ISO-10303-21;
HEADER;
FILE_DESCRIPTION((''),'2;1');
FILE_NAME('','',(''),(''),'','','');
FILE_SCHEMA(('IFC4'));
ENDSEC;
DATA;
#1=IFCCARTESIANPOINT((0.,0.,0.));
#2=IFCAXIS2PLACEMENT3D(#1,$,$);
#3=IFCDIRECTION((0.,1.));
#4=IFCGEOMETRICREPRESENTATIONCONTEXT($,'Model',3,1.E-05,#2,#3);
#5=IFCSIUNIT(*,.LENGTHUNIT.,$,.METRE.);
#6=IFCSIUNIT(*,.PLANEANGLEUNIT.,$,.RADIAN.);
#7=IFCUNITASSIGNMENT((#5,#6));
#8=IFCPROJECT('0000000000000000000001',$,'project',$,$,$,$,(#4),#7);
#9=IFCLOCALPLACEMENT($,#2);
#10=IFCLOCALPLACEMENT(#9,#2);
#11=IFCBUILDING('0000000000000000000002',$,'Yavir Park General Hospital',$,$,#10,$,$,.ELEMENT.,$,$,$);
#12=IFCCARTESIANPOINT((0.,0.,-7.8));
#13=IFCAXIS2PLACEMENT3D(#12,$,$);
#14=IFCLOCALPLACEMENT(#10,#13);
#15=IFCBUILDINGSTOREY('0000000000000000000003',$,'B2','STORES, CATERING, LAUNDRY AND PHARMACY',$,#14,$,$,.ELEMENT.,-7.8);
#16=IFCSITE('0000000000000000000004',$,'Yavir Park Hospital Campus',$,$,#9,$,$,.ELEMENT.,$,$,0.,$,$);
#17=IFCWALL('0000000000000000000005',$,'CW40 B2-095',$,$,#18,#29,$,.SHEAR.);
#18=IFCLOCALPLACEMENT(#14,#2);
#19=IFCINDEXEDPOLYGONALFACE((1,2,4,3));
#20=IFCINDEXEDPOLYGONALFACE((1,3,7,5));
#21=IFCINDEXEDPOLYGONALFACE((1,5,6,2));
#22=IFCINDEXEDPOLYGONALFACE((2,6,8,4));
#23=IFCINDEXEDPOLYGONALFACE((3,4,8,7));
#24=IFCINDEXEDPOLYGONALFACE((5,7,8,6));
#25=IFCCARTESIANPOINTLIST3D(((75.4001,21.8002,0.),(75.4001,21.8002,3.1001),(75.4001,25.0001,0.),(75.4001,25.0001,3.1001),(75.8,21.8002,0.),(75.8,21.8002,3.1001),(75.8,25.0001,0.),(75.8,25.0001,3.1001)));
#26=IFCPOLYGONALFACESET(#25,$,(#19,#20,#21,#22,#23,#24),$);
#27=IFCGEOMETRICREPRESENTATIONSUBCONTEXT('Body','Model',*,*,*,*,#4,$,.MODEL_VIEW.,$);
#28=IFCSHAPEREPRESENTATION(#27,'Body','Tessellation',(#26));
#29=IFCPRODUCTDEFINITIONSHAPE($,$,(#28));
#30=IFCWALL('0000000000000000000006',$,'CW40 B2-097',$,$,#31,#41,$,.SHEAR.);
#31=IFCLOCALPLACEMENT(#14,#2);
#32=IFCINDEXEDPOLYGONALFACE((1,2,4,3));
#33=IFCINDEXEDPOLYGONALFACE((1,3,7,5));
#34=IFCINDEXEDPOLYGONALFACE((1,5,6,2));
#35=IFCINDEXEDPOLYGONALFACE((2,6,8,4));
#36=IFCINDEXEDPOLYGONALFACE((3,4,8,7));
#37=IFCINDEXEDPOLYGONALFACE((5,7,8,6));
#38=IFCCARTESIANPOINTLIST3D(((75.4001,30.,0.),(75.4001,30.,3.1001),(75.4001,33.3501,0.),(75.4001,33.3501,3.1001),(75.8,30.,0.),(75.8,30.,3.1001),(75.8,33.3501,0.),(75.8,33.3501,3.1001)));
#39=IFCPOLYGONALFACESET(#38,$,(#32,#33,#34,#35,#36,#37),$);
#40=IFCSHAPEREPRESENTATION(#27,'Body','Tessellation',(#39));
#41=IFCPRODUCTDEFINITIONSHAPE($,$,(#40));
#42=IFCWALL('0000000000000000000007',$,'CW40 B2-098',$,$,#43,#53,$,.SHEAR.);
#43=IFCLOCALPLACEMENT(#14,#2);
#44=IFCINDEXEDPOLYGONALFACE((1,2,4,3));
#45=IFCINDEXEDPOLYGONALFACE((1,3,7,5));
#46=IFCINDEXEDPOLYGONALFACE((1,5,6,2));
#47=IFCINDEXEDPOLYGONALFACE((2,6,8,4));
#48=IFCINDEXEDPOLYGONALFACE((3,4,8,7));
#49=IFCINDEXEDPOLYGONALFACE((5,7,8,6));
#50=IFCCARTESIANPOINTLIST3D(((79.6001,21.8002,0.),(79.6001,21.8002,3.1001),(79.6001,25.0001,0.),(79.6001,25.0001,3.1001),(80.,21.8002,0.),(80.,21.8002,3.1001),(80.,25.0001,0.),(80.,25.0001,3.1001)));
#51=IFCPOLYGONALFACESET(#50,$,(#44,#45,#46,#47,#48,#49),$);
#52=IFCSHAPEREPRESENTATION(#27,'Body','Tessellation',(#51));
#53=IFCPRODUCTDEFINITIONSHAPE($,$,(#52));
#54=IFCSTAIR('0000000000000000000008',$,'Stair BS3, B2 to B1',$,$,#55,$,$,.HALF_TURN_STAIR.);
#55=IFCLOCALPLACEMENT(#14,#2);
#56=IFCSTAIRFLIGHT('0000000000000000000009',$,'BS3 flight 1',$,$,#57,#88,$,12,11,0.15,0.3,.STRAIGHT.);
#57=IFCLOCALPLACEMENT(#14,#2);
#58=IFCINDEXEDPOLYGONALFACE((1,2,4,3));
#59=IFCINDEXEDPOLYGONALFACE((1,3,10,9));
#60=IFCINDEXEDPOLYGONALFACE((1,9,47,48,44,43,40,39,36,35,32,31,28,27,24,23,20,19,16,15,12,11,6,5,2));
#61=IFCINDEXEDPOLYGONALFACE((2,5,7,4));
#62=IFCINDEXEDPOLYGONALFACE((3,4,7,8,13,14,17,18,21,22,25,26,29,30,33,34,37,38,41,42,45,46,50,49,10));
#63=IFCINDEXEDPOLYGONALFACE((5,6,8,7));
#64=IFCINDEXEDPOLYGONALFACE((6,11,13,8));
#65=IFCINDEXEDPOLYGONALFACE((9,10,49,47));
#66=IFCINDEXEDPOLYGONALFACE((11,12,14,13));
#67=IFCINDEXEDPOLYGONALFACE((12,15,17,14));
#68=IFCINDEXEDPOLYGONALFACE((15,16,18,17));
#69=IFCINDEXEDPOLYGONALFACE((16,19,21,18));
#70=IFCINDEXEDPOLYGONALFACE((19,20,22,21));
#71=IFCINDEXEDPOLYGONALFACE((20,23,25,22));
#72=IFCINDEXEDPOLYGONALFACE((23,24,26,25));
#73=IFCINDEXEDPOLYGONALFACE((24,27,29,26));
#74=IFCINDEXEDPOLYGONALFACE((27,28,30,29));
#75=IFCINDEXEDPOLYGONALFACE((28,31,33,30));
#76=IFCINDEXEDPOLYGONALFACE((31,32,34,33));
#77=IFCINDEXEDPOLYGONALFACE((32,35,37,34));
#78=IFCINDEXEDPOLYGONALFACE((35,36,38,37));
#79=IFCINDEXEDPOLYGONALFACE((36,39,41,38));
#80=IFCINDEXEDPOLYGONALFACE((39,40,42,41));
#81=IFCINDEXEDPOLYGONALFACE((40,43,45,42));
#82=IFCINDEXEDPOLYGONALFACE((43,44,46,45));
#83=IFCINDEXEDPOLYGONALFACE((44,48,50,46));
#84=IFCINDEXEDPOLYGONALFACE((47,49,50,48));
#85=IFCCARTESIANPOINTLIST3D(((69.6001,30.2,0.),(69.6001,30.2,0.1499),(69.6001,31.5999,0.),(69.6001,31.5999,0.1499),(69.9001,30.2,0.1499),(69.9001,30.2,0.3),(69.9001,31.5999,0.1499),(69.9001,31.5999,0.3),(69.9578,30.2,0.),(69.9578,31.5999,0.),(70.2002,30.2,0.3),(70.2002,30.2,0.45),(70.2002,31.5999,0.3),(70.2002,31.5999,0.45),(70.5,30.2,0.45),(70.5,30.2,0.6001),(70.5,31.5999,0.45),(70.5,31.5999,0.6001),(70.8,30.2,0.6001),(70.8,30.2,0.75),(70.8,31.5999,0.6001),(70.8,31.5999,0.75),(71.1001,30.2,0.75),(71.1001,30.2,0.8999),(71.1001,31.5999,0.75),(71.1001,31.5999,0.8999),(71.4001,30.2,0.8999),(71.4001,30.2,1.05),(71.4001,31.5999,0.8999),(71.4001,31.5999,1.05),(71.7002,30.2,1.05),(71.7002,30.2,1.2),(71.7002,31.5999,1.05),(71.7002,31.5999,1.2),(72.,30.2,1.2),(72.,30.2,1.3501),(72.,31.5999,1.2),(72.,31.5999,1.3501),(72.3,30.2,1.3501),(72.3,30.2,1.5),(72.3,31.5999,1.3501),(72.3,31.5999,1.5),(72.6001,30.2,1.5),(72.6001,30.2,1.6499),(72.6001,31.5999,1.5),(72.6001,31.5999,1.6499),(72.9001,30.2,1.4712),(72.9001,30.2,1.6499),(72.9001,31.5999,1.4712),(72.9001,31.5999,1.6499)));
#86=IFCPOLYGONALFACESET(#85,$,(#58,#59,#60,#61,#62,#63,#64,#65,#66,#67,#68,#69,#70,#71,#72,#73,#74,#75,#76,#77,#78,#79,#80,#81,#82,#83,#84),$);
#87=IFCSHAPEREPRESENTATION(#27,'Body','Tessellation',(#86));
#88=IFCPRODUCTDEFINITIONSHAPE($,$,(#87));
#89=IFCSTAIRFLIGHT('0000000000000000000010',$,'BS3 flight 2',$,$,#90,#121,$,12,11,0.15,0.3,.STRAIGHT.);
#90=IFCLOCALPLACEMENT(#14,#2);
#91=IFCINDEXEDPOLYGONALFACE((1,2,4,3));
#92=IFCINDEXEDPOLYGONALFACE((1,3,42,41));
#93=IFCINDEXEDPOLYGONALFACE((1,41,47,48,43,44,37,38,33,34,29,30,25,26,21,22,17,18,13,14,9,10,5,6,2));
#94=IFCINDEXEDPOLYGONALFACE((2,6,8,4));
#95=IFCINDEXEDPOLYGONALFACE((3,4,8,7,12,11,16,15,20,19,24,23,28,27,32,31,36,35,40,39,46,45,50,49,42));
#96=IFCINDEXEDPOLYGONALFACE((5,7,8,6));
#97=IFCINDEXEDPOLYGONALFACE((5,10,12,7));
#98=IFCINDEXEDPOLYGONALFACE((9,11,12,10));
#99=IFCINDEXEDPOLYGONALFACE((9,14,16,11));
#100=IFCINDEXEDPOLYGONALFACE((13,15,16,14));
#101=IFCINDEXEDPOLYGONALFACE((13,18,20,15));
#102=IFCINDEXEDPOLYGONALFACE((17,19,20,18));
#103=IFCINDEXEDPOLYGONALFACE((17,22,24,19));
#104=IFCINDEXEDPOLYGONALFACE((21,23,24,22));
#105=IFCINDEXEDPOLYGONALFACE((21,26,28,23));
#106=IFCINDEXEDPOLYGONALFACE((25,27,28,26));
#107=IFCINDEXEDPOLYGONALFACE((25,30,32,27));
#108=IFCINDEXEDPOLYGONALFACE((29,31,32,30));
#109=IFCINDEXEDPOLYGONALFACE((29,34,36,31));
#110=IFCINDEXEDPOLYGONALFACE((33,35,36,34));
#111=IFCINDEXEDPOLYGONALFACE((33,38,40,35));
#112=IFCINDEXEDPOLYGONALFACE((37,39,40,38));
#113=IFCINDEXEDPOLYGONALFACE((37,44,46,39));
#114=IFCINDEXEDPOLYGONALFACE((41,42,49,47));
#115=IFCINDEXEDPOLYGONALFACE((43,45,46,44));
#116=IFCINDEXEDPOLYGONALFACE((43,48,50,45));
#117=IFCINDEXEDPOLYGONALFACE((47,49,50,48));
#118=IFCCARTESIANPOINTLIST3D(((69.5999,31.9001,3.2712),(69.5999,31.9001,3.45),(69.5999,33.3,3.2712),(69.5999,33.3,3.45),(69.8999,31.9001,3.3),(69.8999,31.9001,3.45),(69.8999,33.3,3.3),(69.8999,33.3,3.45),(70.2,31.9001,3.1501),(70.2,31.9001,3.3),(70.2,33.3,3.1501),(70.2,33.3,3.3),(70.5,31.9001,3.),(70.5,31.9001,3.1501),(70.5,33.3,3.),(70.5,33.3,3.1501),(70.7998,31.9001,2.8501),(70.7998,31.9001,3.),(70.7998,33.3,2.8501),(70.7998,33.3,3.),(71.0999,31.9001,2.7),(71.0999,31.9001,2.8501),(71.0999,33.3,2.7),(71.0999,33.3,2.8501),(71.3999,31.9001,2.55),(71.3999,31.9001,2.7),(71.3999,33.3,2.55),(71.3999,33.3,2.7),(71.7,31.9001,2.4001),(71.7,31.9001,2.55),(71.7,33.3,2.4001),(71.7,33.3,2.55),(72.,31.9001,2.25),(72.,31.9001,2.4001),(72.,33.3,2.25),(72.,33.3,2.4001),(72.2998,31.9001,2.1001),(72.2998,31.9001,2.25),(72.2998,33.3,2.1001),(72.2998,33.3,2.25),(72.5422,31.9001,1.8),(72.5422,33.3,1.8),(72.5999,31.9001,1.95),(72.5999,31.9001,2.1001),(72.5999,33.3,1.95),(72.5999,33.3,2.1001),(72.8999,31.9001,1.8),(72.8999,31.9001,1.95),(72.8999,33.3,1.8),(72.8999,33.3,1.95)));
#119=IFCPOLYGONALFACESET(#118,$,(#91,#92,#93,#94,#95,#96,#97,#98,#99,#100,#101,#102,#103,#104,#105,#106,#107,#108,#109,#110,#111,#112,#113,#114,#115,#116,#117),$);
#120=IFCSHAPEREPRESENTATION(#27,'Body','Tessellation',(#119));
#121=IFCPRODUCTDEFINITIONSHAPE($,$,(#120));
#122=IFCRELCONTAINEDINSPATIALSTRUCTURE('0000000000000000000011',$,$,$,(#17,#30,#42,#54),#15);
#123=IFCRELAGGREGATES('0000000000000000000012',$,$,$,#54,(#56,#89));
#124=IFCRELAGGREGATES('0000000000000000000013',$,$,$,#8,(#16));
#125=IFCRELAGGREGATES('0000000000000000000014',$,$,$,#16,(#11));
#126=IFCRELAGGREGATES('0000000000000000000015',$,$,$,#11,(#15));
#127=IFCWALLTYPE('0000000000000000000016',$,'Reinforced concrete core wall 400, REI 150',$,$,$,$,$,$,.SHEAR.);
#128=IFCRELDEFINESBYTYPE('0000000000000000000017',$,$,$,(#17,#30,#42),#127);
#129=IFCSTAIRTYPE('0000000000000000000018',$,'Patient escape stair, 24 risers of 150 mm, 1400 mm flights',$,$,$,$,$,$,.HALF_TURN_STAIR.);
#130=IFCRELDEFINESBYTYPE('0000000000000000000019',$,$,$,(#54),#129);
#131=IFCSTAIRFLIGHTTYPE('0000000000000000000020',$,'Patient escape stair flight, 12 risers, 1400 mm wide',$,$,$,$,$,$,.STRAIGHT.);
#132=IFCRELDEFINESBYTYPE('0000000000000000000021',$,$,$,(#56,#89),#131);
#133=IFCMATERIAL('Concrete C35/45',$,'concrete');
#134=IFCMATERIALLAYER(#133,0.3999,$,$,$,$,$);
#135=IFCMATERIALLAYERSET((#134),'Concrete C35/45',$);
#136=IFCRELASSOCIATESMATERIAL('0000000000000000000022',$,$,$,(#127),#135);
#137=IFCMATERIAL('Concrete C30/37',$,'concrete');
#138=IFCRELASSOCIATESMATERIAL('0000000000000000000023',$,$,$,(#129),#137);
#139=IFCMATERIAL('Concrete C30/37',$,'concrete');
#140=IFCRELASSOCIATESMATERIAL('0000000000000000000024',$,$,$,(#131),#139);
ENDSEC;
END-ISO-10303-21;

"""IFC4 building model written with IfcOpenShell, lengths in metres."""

from ifc_helpers import new_model, si_unit, direction, frame, frame_2d, origin, place, context, subcontext, project, spatial, polyline, rectangle, outline, extrude, material, layer, layer_set, type_object, element, aggregate, save


model = new_model("IFC4")

# Units and contexts
model_context = context("Model", 3, precision=1e-05, world=origin(), true_north=direction((0.0, 1.0)))
body_context = subcontext(model_context, "Body", "Model", "MODEL_VIEW")
ifc_project = project(units=[si_unit("LENGTHUNIT", "METRE"), si_unit("PLANEANGLEUNIT", "RADIAN")], contexts=[model_context])

# Site, building, storey
site_placement = place(None, origin())
site = spatial("IfcSite", under=ifc_project, at=site_placement, Name="Yavir Park Hospital Campus", CompositionType="ELEMENT", RefElevation=0.0)
building_placement = place(site_placement, origin())
building = spatial("IfcBuilding", under=site, at=building_placement, Name="Yavir Park General Hospital", CompositionType="ELEMENT")
storey_placement = place(building_placement, frame((0.0, 0.0, -7.8)))
storey = spatial("IfcBuildingStorey", under=building, at=storey_placement, Name="B2", Description="STORES, CATERING, LAUNDRY AND PHARMACY", CompositionType="ELEMENT", Elevation=-7.8)

# Shared definitions
ifc_material_1 = material(Name="Concrete C35/45", Category="concrete")
ifc_layer_1 = layer(ifc_material_1, 0.3999)
ifc_layer_set_1 = layer_set([ifc_layer_1], Name="Concrete C35/45")
wall_type_1 = type_object("IfcWallType", Name="Reinforced concrete core wall 400, REI 150", PredefinedType="SHEAR", material=ifc_layer_set_1)

# Walls
wall_1_placement = place(storey_placement, frame((75.6001, 21.8, 0.0), z_axis=(0.0, 0.0, 1.0), x_axis=(0.0, 1.0, 0.0)))
element("IfcWall", 1, at=wall_1_placement, inside=storey, type_object=wall_type_1, Name="CW40 B2-095", PredefinedType="SHEAR", context=body_context, shape_type="SweptSolid", body=[
    extrude(rectangle(XDim=3.2, YDim=0.3999, at=frame_2d((1.6001, 0.0))), origin(), (0.0, 0.0, 1.0), 3.1001),
])
wall_2_placement = place(storey_placement, frame((75.6001, 30.0, 0.0), z_axis=(0.0, 0.0, 1.0), x_axis=(0.0, 1.0, 0.0)))
element("IfcWall", 2, at=wall_2_placement, inside=storey, type_object=wall_type_1, Name="CW40 B2-097", PredefinedType="SHEAR", context=body_context, shape_type="SweptSolid", body=[
    extrude(rectangle(XDim=3.3501, YDim=0.3999, at=frame_2d((1.675, 0.0))), origin(), (0.0, 0.0, 1.0), 3.1001),
])
wall_3_placement = place(storey_placement, frame((79.8, 21.8, 0.0), z_axis=(0.0, 0.0, 1.0), x_axis=(0.0, 1.0, 0.0)))
element("IfcWall", 3, at=wall_3_placement, inside=storey, type_object=wall_type_1, Name="CW40 B2-098", PredefinedType="SHEAR", context=body_context, shape_type="SweptSolid", body=[
    extrude(rectangle(XDim=3.2, YDim=0.3999, at=frame_2d((1.6001, 0.0))), origin(), (0.0, 0.0, 1.0), 3.1001),
])

# Stair, stair flights
ifc_material_2 = material(Name="Concrete C30/37", Category="concrete")
stair_type = type_object("IfcStairType", Name="Patient escape stair, 24 risers of 150 mm, 1400 mm flights", PredefinedType="HALF_TURN_STAIR", material=ifc_material_2)
stair_placement = place(storey_placement, origin())
stair = element("IfcStair", 4, at=stair_placement, inside=storey, type_object=stair_type, Name="Stair BS3, B2 to B1", PredefinedType="HALF_TURN_STAIR")
ifc_material_3 = material(Name="Concrete C30/37", Category="concrete")
stair_flight_type = type_object("IfcStairFlightType", Name="Patient escape stair flight, 12 risers, 1400 mm wide", PredefinedType="STRAIGHT", material=ifc_material_3)
stair_flight_1_placement = place(storey_placement, frame((69.6001, 30.8999, 0.0), z_axis=(0.0, 0.0, 1.0), x_axis=(1.0, 0.0, 0.0)))
stair_flight_1 = element("IfcStairFlight", 5, at=stair_flight_1_placement, type_object=stair_flight_type, Name="BS3 flight 1", NumberOfRisers=12, NumberOfTreads=11, PredefinedType="STRAIGHT", RiserHeight=0.15, TreadLength=0.3, context=body_context, shape_type="SweptSolid", body=[
    extrude(outline(polyline([(0.0, 0.0), (0.0, 0.1499), (0.3, 0.1499), (0.3, 0.3), (0.6001, 0.3), (0.6001, 0.45), (0.8999, 0.45), (0.8999, 0.6001), (1.2, 0.6001), (1.2, 0.75), (1.5, 0.75), (1.5, 0.8999), (1.8, 0.8999), (1.8, 1.05), (2.1001, 1.05), (2.1001, 1.2), (2.3999, 1.2), (2.3999, 1.3501), (2.7, 1.3501), (2.7, 1.5), (3.0, 1.5), (3.0, 1.6499), (3.3, 1.6499), (3.3, 1.8), (3.3, 1.4712), (0.3577, 0.0), (0.0, 0.0)])), frame((0.0, 0.7, 0.0), z_axis=(0.0, -1.0, 0.0), x_axis=(1.0, 0.0, 0.0)), (0.0, 0.0, 1.0), 1.3999),
])
stair_flight_2_placement = place(storey_placement, frame((72.8999, 32.6001, 1.8), z_axis=(0.0, 0.0, 1.0), x_axis=(-1.0, 0.0, 0.0)))
stair_flight_2 = element("IfcStairFlight", 6, at=stair_flight_2_placement, type_object=stair_flight_type, Name="BS3 flight 2", NumberOfRisers=12, NumberOfTreads=11, PredefinedType="STRAIGHT", RiserHeight=0.15, TreadLength=0.3, context=body_context, shape_type="SweptSolid", body=[
    extrude(outline(polyline([(0.0, 0.0), (0.0, 0.1499), (0.3, 0.1499), (0.3, 0.3), (0.6001, 0.3), (0.6001, 0.45), (0.8999, 0.45), (0.8999, 0.6001), (1.2, 0.6001), (1.2, 0.75), (1.5, 0.75), (1.5, 0.8999), (1.8, 0.8999), (1.8, 1.05), (2.1001, 1.05), (2.1001, 1.2), (2.3999, 1.2), (2.3999, 1.3501), (2.7, 1.3501), (2.7, 1.5), (3.0, 1.5), (3.0, 1.6499), (3.3, 1.6499), (3.3, 1.8), (3.3, 1.4712), (0.3577, 0.0), (0.0, 0.0)])), frame((0.0, 0.7, 0.0), z_axis=(0.0, -1.0, 0.0), x_axis=(1.0, 0.0, 0.0)), (0.0, 0.0, 1.0), 1.3999),
])
aggregate(stair, [stair_flight_1, stair_flight_2])

save(model, "model.ifc")
